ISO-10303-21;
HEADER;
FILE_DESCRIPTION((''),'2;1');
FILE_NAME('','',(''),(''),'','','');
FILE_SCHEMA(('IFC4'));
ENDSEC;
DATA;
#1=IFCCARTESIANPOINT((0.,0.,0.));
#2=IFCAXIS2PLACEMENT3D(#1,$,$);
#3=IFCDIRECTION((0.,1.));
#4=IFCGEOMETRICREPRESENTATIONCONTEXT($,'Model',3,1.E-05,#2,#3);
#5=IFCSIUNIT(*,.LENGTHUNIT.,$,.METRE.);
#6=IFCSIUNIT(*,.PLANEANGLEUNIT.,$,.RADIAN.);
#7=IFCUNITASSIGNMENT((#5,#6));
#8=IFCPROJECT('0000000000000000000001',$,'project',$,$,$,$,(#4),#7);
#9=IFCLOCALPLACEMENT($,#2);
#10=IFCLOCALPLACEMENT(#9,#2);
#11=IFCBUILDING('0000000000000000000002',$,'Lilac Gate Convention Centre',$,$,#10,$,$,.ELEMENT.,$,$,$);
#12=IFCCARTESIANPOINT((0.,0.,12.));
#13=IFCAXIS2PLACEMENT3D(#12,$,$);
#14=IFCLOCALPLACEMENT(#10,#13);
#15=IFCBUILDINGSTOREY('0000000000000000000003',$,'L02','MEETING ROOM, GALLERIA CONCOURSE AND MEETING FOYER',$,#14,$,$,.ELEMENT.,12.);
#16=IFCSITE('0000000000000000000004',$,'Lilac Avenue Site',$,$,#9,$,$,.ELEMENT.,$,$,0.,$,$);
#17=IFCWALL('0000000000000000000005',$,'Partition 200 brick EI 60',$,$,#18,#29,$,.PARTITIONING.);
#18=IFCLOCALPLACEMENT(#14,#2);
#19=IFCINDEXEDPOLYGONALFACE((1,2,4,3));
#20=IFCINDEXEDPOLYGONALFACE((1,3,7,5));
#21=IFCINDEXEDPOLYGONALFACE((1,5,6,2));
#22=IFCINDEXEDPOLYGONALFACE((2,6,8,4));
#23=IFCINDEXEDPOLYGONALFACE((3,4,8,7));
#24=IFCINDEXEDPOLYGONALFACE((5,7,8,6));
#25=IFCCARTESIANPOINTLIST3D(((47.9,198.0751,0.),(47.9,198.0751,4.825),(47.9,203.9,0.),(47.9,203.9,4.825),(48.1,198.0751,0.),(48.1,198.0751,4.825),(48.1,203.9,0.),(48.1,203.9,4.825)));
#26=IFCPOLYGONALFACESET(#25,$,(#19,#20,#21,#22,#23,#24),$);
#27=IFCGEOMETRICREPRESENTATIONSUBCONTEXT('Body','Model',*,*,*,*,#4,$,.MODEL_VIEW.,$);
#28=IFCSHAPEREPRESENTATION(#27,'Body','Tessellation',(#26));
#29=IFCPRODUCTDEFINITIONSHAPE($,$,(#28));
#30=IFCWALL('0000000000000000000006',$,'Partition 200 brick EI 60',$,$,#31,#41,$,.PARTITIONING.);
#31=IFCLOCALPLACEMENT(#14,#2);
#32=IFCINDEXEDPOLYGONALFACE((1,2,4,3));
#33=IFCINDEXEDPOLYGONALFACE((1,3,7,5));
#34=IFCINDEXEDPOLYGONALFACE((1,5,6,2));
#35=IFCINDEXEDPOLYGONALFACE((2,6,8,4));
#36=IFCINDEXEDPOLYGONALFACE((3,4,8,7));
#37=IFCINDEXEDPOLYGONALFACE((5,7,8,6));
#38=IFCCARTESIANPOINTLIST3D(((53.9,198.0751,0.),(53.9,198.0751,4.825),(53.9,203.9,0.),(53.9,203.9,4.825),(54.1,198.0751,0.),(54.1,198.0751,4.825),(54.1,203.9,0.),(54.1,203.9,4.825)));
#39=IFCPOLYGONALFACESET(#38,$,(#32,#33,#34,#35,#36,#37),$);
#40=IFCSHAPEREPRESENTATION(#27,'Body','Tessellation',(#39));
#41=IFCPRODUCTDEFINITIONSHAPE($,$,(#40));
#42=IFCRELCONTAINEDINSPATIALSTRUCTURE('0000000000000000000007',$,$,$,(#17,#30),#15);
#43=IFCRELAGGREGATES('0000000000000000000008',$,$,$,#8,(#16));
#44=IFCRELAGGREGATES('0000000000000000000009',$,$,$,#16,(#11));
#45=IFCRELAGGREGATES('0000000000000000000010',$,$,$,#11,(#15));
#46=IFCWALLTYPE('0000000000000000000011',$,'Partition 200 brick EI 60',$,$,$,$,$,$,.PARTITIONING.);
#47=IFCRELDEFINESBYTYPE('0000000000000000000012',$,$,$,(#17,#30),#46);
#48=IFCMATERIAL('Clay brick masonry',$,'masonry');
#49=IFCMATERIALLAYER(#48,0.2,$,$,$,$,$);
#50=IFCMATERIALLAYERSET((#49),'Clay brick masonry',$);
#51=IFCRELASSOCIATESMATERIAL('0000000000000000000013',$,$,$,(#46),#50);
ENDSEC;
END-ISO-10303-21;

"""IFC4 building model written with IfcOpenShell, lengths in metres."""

from ifc_helpers import new_model, si_unit, direction, frame, frame_2d, origin, place, context, subcontext, project, spatial, rectangle, extrude, material, layer, layer_set, type_object, element, save


model = new_model("IFC4")

# Units and contexts
model_context = context("Model", 3, precision=1e-05, world=origin(), true_north=direction((0.0, 1.0)))
body_context = subcontext(model_context, "Body", "Model", "MODEL_VIEW")
ifc_project = project(units=[si_unit("LENGTHUNIT", "METRE"), si_unit("PLANEANGLEUNIT", "RADIAN")], contexts=[model_context])

# Site, building, storey
site_placement = place(None, origin())
site = spatial("IfcSite", under=ifc_project, at=site_placement, Name="Lilac Avenue Site", CompositionType="ELEMENT", RefElevation=0.0)
building_placement = place(site_placement, origin())
building = spatial("IfcBuilding", under=site, at=building_placement, Name="Lilac Gate Convention Centre", CompositionType="ELEMENT")
storey_placement = place(building_placement, frame((0.0, 0.0, 12.0)))
storey = spatial("IfcBuildingStorey", under=building, at=storey_placement, Name="L02", Description="MEETING ROOM, GALLERIA CONCOURSE AND MEETING FOYER", CompositionType="ELEMENT", Elevation=12.0)

# Shared definitions
ifc_material_1 = material(Name="Clay brick masonry", Category="masonry")
ifc_layer_1 = layer(ifc_material_1, 0.2)
ifc_layer_set_1 = layer_set([ifc_layer_1], Name="Clay brick masonry")
wall_type_1 = type_object("IfcWallType", Name="Partition 200 brick EI 60", PredefinedType="PARTITIONING", material=ifc_layer_set_1)

# Walls
for number, where, z_axis, x_axis, name in (
    (1, (48.0, 198.075, 0.0), (0.0, 0.0, 1.0), (0.0, 1.0, 0.0), "Partition 200 brick EI 60"),
    (2, (54.0, 198.075, 0.0), (0.0, 0.0, 1.0), (0.0, 1.0, 0.0), "Partition 200 brick EI 60"),
):
    element("IfcWall", number, at=place(storey_placement, frame(where, z_axis=z_axis, x_axis=x_axis)), inside=storey, type_object=wall_type_1, Name=name, PredefinedType="PARTITIONING", context=body_context, shape_type="SweptSolid", body=[
        extrude(rectangle(XDim=5.825, YDim=0.2, at=frame_2d((2.9126, 0.0))), origin(), (0.0, 0.0, 1.0), 4.825),
    ])

save(model, "model.ifc")
